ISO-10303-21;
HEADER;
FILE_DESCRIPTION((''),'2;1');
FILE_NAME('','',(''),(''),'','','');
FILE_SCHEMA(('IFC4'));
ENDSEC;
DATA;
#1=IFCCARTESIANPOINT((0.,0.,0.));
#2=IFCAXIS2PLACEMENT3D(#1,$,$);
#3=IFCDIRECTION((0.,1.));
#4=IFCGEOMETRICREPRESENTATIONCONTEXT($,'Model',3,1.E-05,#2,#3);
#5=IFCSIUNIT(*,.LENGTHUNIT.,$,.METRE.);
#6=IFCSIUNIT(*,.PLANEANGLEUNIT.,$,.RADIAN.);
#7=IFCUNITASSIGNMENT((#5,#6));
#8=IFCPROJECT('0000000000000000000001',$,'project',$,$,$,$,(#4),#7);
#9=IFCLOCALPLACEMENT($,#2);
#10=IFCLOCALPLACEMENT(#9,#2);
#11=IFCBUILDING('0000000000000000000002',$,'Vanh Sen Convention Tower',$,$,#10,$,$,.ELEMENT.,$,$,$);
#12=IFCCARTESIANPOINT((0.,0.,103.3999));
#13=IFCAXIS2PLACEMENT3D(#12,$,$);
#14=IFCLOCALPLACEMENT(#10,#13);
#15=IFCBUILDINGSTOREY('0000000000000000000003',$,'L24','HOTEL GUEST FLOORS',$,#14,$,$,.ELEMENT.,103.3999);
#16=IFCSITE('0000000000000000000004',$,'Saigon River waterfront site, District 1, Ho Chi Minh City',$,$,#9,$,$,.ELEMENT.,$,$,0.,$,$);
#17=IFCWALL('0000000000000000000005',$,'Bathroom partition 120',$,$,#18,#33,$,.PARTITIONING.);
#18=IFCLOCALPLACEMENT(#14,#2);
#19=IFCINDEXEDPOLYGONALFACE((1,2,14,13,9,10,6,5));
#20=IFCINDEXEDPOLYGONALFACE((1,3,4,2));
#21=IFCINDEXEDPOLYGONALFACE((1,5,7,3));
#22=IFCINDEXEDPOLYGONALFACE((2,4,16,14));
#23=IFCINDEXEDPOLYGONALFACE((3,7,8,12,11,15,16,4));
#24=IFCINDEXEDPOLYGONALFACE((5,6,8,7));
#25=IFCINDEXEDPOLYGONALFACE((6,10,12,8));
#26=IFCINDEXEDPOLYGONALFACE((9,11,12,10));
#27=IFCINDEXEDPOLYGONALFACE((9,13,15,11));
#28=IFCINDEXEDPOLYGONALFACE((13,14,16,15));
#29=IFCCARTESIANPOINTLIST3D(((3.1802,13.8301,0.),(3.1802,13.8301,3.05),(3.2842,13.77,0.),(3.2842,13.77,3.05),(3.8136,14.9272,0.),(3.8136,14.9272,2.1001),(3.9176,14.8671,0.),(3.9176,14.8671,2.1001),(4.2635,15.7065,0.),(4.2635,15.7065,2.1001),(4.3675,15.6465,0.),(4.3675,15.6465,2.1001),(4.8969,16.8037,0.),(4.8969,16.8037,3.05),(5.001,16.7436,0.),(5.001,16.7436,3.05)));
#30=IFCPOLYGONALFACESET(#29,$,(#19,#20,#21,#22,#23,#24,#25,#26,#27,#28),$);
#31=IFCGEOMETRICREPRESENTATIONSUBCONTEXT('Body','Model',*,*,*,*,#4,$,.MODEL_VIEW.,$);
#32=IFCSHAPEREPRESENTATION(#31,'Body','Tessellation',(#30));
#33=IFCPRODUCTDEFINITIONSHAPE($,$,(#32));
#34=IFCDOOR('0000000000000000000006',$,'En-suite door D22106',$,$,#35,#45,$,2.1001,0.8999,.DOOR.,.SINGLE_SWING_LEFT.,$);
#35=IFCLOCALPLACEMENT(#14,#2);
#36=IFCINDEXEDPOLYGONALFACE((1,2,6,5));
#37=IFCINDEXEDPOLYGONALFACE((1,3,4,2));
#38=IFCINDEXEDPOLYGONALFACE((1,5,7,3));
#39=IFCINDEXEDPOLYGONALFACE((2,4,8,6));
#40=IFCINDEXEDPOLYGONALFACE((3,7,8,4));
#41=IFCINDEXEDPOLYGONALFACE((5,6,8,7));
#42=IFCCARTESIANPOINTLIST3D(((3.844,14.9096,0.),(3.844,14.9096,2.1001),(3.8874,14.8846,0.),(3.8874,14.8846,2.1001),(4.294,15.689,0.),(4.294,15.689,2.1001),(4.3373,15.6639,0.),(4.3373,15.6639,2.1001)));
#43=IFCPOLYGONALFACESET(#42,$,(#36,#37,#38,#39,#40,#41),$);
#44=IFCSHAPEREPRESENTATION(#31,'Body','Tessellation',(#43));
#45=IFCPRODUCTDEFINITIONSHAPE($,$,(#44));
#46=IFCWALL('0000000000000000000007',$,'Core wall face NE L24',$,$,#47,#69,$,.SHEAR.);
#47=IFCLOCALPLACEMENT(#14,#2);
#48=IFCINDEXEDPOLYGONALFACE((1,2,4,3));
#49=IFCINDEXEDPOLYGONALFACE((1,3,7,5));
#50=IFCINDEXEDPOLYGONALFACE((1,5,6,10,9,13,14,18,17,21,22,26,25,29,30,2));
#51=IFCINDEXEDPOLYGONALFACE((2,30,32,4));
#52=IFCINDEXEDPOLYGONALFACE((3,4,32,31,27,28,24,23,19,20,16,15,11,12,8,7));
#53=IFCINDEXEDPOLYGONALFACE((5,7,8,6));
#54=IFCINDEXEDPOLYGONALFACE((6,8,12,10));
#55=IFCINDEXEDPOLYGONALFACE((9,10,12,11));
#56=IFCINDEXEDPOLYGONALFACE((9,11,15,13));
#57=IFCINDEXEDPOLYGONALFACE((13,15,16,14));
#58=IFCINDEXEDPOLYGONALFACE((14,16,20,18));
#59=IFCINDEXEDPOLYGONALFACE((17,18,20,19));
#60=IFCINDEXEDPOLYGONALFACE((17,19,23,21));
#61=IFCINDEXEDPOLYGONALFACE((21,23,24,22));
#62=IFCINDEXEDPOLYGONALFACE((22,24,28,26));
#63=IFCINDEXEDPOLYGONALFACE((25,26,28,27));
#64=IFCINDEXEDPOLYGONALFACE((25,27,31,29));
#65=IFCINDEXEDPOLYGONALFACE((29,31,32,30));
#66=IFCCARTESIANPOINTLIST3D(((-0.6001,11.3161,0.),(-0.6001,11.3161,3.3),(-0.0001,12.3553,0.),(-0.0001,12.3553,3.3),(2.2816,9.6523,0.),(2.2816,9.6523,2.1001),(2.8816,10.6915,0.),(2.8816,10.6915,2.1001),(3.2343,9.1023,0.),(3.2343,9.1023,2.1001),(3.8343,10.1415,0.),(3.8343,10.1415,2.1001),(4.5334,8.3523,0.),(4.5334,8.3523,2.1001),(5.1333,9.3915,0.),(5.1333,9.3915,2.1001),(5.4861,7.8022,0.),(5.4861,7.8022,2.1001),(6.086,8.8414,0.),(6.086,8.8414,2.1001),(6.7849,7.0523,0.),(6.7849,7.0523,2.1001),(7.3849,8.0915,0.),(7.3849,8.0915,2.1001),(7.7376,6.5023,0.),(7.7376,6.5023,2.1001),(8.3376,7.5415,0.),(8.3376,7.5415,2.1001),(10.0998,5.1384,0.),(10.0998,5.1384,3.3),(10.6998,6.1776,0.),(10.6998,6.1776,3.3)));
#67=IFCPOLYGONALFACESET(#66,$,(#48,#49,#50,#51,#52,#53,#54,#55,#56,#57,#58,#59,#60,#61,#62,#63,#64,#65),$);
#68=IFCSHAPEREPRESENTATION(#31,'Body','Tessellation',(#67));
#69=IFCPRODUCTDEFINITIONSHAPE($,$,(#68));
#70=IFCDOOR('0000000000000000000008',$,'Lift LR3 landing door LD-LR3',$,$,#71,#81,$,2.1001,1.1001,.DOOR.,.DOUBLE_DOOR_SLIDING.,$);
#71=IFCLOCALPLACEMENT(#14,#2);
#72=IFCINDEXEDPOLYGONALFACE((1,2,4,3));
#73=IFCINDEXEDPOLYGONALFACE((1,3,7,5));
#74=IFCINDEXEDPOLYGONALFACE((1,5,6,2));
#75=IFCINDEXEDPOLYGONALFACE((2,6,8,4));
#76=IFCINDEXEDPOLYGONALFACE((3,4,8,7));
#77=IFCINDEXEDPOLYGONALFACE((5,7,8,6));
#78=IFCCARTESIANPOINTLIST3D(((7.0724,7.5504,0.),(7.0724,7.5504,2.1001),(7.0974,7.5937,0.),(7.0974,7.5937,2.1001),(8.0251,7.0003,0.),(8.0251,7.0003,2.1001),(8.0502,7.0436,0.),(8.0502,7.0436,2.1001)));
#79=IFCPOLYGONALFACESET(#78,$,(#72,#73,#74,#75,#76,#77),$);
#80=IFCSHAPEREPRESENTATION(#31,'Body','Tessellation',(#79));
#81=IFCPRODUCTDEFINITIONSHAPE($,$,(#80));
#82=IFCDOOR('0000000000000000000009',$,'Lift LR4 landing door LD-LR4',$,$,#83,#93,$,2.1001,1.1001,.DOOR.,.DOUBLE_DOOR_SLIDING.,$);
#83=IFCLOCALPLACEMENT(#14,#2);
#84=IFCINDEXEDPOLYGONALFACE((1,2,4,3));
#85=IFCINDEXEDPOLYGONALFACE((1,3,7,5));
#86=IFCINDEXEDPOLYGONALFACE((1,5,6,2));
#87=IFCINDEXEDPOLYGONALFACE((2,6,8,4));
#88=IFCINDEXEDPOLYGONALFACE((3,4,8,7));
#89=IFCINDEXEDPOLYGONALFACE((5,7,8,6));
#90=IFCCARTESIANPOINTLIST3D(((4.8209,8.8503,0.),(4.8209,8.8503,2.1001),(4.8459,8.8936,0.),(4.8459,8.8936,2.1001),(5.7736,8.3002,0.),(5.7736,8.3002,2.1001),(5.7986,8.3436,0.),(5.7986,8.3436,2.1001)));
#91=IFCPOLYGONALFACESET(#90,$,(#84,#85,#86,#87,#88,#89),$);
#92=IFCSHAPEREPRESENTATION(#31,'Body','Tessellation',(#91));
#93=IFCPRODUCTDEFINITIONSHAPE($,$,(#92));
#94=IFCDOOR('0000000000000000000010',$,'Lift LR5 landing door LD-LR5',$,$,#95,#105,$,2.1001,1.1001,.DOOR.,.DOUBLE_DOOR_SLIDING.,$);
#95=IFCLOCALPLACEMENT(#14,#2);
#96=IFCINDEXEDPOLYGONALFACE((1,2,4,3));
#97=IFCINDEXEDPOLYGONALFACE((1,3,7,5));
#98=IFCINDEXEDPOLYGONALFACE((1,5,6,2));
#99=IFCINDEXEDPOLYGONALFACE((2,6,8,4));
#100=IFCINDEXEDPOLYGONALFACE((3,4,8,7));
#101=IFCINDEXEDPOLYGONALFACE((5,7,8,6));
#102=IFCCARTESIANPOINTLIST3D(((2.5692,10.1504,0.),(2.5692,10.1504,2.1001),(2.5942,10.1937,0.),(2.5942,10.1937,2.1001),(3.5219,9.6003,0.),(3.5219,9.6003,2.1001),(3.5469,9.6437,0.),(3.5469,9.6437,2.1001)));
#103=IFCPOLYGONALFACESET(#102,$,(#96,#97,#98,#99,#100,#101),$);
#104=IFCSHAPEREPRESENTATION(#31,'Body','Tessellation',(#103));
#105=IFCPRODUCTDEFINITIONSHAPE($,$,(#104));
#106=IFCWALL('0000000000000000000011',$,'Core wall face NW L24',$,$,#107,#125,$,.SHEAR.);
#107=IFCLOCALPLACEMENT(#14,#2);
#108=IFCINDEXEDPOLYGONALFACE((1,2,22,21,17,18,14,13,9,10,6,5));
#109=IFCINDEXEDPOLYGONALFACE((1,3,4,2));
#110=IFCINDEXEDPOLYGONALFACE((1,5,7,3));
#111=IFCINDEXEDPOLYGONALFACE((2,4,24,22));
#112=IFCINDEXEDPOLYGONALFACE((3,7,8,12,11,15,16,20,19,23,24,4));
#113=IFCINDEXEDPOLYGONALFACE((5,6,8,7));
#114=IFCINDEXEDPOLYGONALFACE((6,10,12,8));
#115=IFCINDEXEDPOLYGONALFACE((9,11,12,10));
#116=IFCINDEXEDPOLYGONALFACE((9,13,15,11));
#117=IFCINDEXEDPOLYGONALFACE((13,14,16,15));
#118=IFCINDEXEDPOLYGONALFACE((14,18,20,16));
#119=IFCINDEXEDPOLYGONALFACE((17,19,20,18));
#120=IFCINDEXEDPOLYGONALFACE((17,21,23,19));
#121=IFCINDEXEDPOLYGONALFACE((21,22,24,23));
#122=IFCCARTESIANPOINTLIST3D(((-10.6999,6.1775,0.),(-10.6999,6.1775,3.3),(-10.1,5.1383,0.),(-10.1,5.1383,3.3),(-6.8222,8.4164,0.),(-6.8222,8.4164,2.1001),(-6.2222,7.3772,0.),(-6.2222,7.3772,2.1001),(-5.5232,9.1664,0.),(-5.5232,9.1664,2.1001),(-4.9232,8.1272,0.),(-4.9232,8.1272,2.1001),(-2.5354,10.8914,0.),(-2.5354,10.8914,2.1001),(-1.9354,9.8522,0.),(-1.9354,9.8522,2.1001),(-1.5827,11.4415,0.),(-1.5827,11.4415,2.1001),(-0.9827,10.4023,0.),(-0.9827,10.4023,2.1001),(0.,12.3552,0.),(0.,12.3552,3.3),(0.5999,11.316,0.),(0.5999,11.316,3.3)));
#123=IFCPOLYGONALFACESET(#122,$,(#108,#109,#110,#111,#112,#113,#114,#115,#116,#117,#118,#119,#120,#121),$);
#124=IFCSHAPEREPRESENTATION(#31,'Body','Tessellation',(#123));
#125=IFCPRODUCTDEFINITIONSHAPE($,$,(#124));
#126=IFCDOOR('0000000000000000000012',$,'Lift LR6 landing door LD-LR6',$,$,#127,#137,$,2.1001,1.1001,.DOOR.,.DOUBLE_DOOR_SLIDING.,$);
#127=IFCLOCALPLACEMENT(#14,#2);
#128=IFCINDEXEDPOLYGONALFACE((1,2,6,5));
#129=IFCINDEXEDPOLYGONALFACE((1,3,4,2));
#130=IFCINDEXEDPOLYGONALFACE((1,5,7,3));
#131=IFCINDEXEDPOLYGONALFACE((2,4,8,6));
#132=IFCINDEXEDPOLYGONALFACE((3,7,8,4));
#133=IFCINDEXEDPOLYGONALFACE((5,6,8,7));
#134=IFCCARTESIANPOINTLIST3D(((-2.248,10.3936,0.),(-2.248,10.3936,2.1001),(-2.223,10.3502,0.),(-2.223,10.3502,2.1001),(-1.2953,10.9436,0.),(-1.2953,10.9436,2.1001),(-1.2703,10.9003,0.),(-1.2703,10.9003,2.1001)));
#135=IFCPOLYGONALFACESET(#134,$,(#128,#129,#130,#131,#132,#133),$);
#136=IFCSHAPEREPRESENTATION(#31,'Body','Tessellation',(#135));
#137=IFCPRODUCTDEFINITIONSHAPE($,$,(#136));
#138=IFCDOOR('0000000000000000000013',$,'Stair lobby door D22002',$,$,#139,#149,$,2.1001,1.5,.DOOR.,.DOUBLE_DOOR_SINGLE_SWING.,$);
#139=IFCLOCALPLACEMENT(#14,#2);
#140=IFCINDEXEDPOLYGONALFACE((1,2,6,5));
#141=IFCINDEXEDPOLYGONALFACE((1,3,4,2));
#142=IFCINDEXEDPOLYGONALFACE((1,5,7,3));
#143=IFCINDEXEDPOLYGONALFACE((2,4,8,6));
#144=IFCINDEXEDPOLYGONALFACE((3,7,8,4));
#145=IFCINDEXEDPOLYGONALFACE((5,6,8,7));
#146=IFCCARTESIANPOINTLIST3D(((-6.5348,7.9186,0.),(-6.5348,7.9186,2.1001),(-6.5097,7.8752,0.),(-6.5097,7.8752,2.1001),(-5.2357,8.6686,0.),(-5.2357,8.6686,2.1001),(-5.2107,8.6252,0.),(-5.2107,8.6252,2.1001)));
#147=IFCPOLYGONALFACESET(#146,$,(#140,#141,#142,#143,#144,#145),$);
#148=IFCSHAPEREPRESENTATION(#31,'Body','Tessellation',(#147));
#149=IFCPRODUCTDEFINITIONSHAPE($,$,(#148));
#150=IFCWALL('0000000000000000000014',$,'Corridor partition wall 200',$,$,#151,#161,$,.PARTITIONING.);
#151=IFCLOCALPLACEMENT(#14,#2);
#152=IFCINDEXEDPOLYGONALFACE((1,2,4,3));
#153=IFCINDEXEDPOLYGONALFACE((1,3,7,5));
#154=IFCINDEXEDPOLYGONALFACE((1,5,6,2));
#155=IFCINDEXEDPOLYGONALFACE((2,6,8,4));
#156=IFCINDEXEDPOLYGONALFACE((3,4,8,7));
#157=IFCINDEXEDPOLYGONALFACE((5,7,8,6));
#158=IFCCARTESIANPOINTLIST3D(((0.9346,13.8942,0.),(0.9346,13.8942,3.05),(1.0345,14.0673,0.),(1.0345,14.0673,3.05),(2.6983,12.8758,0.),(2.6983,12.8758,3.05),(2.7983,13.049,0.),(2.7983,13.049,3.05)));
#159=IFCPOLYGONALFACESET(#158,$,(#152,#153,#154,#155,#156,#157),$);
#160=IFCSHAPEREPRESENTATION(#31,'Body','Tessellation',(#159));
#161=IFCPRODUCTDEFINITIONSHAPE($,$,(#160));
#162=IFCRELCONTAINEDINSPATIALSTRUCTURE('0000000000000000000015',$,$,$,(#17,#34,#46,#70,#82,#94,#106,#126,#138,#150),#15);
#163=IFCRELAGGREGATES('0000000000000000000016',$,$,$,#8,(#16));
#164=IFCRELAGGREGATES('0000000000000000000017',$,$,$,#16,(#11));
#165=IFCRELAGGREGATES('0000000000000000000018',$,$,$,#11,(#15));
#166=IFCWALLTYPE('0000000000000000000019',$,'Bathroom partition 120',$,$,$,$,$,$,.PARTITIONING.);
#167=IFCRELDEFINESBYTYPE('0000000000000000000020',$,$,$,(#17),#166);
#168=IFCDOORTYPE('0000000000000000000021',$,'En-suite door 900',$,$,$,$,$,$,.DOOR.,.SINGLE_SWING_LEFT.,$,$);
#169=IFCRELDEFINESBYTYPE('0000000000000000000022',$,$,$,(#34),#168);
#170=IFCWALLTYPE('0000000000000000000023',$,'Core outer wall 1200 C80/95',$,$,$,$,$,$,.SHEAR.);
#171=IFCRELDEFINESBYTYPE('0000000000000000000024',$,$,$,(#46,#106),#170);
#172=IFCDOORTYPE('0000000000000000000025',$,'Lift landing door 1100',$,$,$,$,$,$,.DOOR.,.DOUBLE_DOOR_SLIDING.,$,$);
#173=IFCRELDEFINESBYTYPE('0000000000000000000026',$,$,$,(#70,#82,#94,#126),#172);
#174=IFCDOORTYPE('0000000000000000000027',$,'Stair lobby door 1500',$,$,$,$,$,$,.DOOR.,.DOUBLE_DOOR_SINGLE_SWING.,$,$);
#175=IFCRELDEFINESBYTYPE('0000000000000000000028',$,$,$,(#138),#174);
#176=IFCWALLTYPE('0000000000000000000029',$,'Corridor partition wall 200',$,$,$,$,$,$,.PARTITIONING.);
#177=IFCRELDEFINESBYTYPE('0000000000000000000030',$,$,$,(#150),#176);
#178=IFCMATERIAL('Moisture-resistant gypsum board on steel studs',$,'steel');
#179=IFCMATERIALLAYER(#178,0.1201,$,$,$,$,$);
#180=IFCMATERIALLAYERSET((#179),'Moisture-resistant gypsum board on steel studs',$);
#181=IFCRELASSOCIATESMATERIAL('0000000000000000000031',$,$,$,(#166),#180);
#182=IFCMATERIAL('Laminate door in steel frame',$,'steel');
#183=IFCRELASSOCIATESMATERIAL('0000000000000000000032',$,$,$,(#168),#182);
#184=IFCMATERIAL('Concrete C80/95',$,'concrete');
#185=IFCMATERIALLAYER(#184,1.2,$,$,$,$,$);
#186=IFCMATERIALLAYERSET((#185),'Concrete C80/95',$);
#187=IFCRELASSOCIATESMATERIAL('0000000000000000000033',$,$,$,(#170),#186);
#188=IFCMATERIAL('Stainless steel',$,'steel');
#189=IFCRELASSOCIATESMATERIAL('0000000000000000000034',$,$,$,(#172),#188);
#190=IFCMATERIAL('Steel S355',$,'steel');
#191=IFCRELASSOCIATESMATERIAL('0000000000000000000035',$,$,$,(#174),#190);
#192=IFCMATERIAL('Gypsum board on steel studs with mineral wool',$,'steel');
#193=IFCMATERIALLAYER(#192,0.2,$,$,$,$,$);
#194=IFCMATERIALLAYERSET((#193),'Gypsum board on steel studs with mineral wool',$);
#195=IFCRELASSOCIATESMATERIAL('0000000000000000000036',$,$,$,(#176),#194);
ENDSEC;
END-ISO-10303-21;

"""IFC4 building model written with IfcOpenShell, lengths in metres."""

from ifc_helpers import new_model, si_unit, direction, frame, frame_2d, origin, place, context, subcontext, project, spatial, rectangle, extrude, material, layer, layer_set, type_object, element, fill, save


model = new_model("IFC4")

# Units and contexts
model_context = context("Model", 3, precision=1e-05, world=origin(), true_north=direction((0.0, 1.0)))
body_context = subcontext(model_context, "Body", "Model", "MODEL_VIEW")
ifc_project = project(units=[si_unit("LENGTHUNIT", "METRE"), si_unit("PLANEANGLEUNIT", "RADIAN")], contexts=[model_context])

# Site, building, storey
site_placement = place(None, origin())
site = spatial("IfcSite", under=ifc_project, at=site_placement, Name="Saigon River waterfront site, District 1, Ho Chi Minh City", CompositionType="ELEMENT", RefElevation=0.0)
building_placement = place(site_placement, origin())
building = spatial("IfcBuilding", under=site, at=building_placement, Name="Vanh Sen Convention Tower", CompositionType="ELEMENT")
storey_placement = place(building_placement, frame((0.0, 0.0, 103.3999)))
storey = spatial("IfcBuildingStorey", under=building, at=storey_placement, Name="L24", Description="HOTEL GUEST FLOORS", CompositionType="ELEMENT", Elevation=103.3999)

# Wall, opening, door
ifc_material_1 = material(Name="Moisture-resistant gypsum board on steel studs", Category="steel")
ifc_layer_1 = layer(ifc_material_1, 0.1201)
ifc_layer_set_1 = layer_set([ifc_layer_1], Name="Moisture-resistant gypsum board on steel studs")
wall_type_1 = type_object("IfcWallType", Name="Bathroom partition 120", PredefinedType="PARTITIONING", material=ifc_layer_set_1)
wall_1_placement = place(storey_placement, frame((3.2322, 13.8, 0.0), z_axis=(0.0, 0.0, 1.0), x_axis=(0.499993, 0.866029, 0.0)))
wall_1 = element("IfcWall", 1, at=wall_1_placement, inside=storey, type_object=wall_type_1, Name="Bathroom partition 120", PredefinedType="PARTITIONING", context=body_context, shape_type="SweptSolid", body=[
    extrude(rectangle(XDim=3.4336, YDim=0.1201, at=frame_2d((1.7168, 0.0))), origin(), (0.0, 0.0, 1.0), 3.05),
])
opening_1_placement = place(wall_1_placement, frame((1.2668, 0.0, 0.0)))
opening_1 = element("IfcOpeningElement", 2, at=opening_1_placement, cuts=wall_1, PredefinedType="OPENING", context=body_context, shape_type="SweptSolid", body=[
    extrude(rectangle(XDim=0.8999, YDim=2.1001, at=frame_2d((0.45, 1.05))), frame((0.0, 0.0701, 0.0), z_axis=(0.0, -1.0, 0.0), x_axis=(1.0, 0.0, 0.0)), (0.0, 0.0, 1.0), 0.1401),
])
ifc_material_2 = material(Name="Laminate door in steel frame", Category="steel")
door_type_1 = type_object("IfcDoorType", Name="En-suite door 900", OperationType="SINGLE_SWING_LEFT", PredefinedType="DOOR", material=ifc_material_2)
door_1_placement = place(opening_1_placement, origin())
door_1 = element("IfcDoor", 3, at=door_1_placement, inside=storey, type_object=door_type_1, Name="En-suite door D22106", OperationType="SINGLE_SWING_LEFT", OverallHeight=2.1001, OverallWidth=0.8999, PredefinedType="DOOR", context=body_context, shape_type="SweptSolid", body=[
    extrude(rectangle(XDim=0.8999, YDim=2.1001, at=frame_2d((0.45, 1.05))), frame((0.0, 0.0249, 0.0), z_axis=(0.0, -1.0, 0.0), x_axis=(1.0, 0.0, 0.0)), (0.0, 0.0, 1.0), 0.05),
])
fill(opening_1, door_1)

# Walls, openings, doors
ifc_material_3 = material(Name="Concrete C80/95", Category="concrete")
ifc_layer_2 = layer(ifc_material_3, 1.2)
ifc_layer_set_2 = layer_set([ifc_layer_2], Name="Concrete C80/95")
wall_type_2 = type_object("IfcWallType", Name="Core outer wall 1200 C80/95", PredefinedType="SHEAR", material=ifc_layer_set_2)
wall_2_placement = place(storey_placement, frame((10.3999, 5.658, 0.0), z_axis=(0.0, 0.0, 1.0), x_axis=(-0.866021, 0.500007, 0.0)))
wall_2 = element("IfcWall", 4, at=wall_2_placement, inside=storey, type_object=wall_type_2, Name="Core wall face NE L24", PredefinedType="SHEAR", context=body_context, shape_type="SweptSolid", body=[
    extrude(rectangle(XDim=12.3552, YDim=1.2, at=frame_2d((6.1777, 0.0))), origin(), (0.0, 0.0, 1.0), 3.3),
])
opening_2_placement = place(wall_2_placement, frame((2.7278, 0.0, 0.0)))
opening_2 = element("IfcOpeningElement", 5, at=opening_2_placement, cuts=wall_2, PredefinedType="OPENING", context=body_context, shape_type="SweptSolid", body=[
    extrude(rectangle(XDim=1.1001, YDim=2.1001, at=frame_2d((0.55, 1.05))), frame((0.0, 0.6099, 0.0), z_axis=(0.0, -1.0, 0.0), x_axis=(1.0, 0.0, 0.0)), (0.0, 0.0, 1.0), 1.22),
])
opening_3_placement = place(wall_2_placement, frame((5.3276, 0.0, 0.0)))
opening_3 = element("IfcOpeningElement", 6, at=opening_3_placement, cuts=wall_2, PredefinedType="OPENING", context=body_context, shape_type="SweptSolid", body=[
    extrude(rectangle(XDim=1.1001, YDim=2.1001, at=frame_2d((0.55, 1.05))), frame((0.0, 0.6099, 0.0), z_axis=(0.0, -1.0, 0.0), x_axis=(1.0, 0.0, 0.0)), (0.0, 0.0, 1.0), 1.22),
])
opening_4_placement = place(wall_2_placement, frame((7.9277, 0.0, 0.0)))
opening_4 = element("IfcOpeningElement", 7, at=opening_4_placement, cuts=wall_2, PredefinedType="OPENING", context=body_context, shape_type="SweptSolid", body=[
    extrude(rectangle(XDim=1.1001, YDim=2.1001, at=frame_2d((0.55, 1.05))), frame((0.0, 0.6099, 0.0), z_axis=(0.0, -1.0, 0.0), x_axis=(1.0, 0.0, 0.0)), (0.0, 0.0, 1.0), 1.22),
])
ifc_material_4 = material(Name="Stainless steel", Category="steel")
door_type_2 = type_object("IfcDoorType", Name="Lift landing door 1100", OperationType="DOUBLE_DOOR_SLIDING", PredefinedType="DOOR", material=ifc_material_4)
door_2_placement = place(opening_2_placement, origin())
door_2 = element("IfcDoor", 8, at=door_2_placement, inside=storey, type_object=door_type_2, Name="Lift LR3 landing door LD-LR3", OperationType="DOUBLE_DOOR_SLIDING", OverallHeight=2.1001, OverallWidth=1.1001, PredefinedType="DOOR", context=body_context, shape_type="SweptSolid", body=[
    extrude(rectangle(XDim=1.1001, YDim=2.1001, at=frame_2d((0.55, 1.05))), frame((0.0, 0.0249, 0.0), z_axis=(0.0, -1.0, 0.0), x_axis=(1.0, 0.0, 0.0)), (0.0, 0.0, 1.0), 0.05),
])
fill(opening_2, door_2)
door_3_placement = place(opening_3_placement, origin())
door_3 = element("IfcDoor", 9, at=door_3_placement, inside=storey, type_object=door_type_2, Name="Lift LR4 landing door LD-LR4", OperationType="DOUBLE_DOOR_SLIDING", OverallHeight=2.1001, OverallWidth=1.1001, PredefinedType="DOOR", context=body_context, shape_type="SweptSolid", body=[
    extrude(rectangle(XDim=1.1001, YDim=2.1001, at=frame_2d((0.55, 1.05))), frame((0.0, 0.0249, 0.0), z_axis=(0.0, -1.0, 0.0), x_axis=(1.0, 0.0, 0.0)), (0.0, 0.0, 1.0), 0.05),
])
fill(opening_3, door_3)
door_4_placement = place(opening_4_placement, origin())
door_4 = element("IfcDoor", 10, at=door_4_placement, inside=storey, type_object=door_type_2, Name="Lift LR5 landing door LD-LR5", OperationType="DOUBLE_DOOR_SLIDING", OverallHeight=2.1001, OverallWidth=1.1001, PredefinedType="DOOR", context=body_context, shape_type="SweptSolid", body=[
    extrude(rectangle(XDim=1.1001, YDim=2.1001, at=frame_2d((0.55, 1.05))), frame((0.0, 0.0249, 0.0), z_axis=(0.0, -1.0, 0.0), x_axis=(1.0, 0.0, 0.0)), (0.0, 0.0, 1.0), 0.05),
])
fill(opening_4, door_4)
wall_3_placement = place(storey_placement, frame((0.3, 11.8357, 0.0), z_axis=(0.0, 0.0, 1.0), x_axis=(-0.866021, -0.500007, 0.0)))
wall_3 = element("IfcWall", 11, at=wall_3_placement, inside=storey, type_object=wall_type_2, Name="Core wall face NW L24", PredefinedType="SHEAR", context=body_context, shape_type="SweptSolid", body=[
    extrude(rectangle(XDim=12.3552, YDim=1.2, at=frame_2d((6.1777, 0.0))), origin(), (0.0, 0.0, 1.0), 3.3),
])
opening_5_placement = place(wall_3_placement, frame((6.3777, 0.0, 0.0)))
opening_5 = element("IfcOpeningElement", 12, at=opening_5_placement, cuts=wall_3, PredefinedType="OPENING", context=body_context, shape_type="SweptSolid", body=[
    extrude(rectangle(XDim=1.5, YDim=2.1001, at=frame_2d((0.75, 1.05))), frame((0.0, 0.6099, 0.0), z_axis=(0.0, -1.0, 0.0), x_axis=(1.0, 0.0, 0.0)), (0.0, 0.0, 1.0), 1.22),
])
opening_6_placement = place(wall_3_placement, frame((1.8276, 0.0, 0.0)))
opening_6 = element("IfcOpeningElement", 13, at=opening_6_placement, cuts=wall_3, PredefinedType="OPENING", context=body_context, shape_type="SweptSolid", body=[
    extrude(rectangle(XDim=1.1001, YDim=2.1001, at=frame_2d((0.55, 1.05))), frame((0.0, 0.6099, 0.0), z_axis=(0.0, -1.0, 0.0), x_axis=(1.0, 0.0, 0.0)), (0.0, 0.0, 1.0), 1.22),
])
door_5_placement = place(opening_6_placement, origin())
door_5 = element("IfcDoor", 14, at=door_5_placement, inside=storey, type_object=door_type_2, Name="Lift LR6 landing door LD-LR6", OperationType="DOUBLE_DOOR_SLIDING", OverallHeight=2.1001, OverallWidth=1.1001, PredefinedType="DOOR", context=body_context, shape_type="SweptSolid", body=[
    extrude(rectangle(XDim=1.1001, YDim=2.1001, at=frame_2d((0.55, 1.05))), frame((0.0, 0.0249, 0.0), z_axis=(0.0, -1.0, 0.0), x_axis=(1.0, 0.0, 0.0)), (0.0, 0.0, 1.0), 0.05),
])
fill(opening_6, door_5)
ifc_material_5 = material(Name="Steel S355", Category="steel")
door_type_3 = type_object("IfcDoorType", Name="Stair lobby door 1500", OperationType="DOUBLE_DOOR_SINGLE_SWING", PredefinedType="DOOR", material=ifc_material_5)
door_6_placement = place(opening_5_placement, origin())
door_6 = element("IfcDoor", 15, at=door_6_placement, inside=storey, type_object=door_type_3, Name="Stair lobby door D22002", OperationType="DOUBLE_DOOR_SINGLE_SWING", OverallHeight=2.1001, OverallWidth=1.5, PredefinedType="DOOR", context=body_context, shape_type="SweptSolid", body=[
    extrude(rectangle(XDim=1.5, YDim=2.1001, at=frame_2d((0.75, 1.05))), frame((0.0, 0.0249, 0.0), z_axis=(0.0, -1.0, 0.0), x_axis=(1.0, 0.0, 0.0)), (0.0, 0.0, 1.0), 0.05),
])
fill(opening_5, door_6)

# Wall
ifc_material_6 = material(Name="Gypsum board on steel studs with mineral wool", Category="steel")
ifc_layer_3 = layer(ifc_material_6, 0.2)
ifc_layer_set_3 = layer_set([ifc_layer_3], Name="Gypsum board on steel studs with mineral wool")
wall_type_3 = type_object("IfcWallType", Name="Corridor partition wall 200", PredefinedType="PARTITIONING", material=ifc_layer_set_3)
wall_4_placement = place(storey_placement, frame((2.7483, 12.9624, 0.0), z_axis=(0.0, 0.0, 1.0), x_axis=(-0.866014, 0.50002, 0.0)))
element("IfcWall", 16, at=wall_4_placement, inside=storey, type_object=wall_type_3, Name="Corridor partition wall 200", PredefinedType="PARTITIONING", context=body_context, shape_type="SweptSolid", body=[
    extrude(rectangle(XDim=2.0366, YDim=0.2, at=frame_2d((1.0183, 0.0))), origin(), (0.0, 0.0, 1.0), 3.05),
])

save(model, "model.ifc")
